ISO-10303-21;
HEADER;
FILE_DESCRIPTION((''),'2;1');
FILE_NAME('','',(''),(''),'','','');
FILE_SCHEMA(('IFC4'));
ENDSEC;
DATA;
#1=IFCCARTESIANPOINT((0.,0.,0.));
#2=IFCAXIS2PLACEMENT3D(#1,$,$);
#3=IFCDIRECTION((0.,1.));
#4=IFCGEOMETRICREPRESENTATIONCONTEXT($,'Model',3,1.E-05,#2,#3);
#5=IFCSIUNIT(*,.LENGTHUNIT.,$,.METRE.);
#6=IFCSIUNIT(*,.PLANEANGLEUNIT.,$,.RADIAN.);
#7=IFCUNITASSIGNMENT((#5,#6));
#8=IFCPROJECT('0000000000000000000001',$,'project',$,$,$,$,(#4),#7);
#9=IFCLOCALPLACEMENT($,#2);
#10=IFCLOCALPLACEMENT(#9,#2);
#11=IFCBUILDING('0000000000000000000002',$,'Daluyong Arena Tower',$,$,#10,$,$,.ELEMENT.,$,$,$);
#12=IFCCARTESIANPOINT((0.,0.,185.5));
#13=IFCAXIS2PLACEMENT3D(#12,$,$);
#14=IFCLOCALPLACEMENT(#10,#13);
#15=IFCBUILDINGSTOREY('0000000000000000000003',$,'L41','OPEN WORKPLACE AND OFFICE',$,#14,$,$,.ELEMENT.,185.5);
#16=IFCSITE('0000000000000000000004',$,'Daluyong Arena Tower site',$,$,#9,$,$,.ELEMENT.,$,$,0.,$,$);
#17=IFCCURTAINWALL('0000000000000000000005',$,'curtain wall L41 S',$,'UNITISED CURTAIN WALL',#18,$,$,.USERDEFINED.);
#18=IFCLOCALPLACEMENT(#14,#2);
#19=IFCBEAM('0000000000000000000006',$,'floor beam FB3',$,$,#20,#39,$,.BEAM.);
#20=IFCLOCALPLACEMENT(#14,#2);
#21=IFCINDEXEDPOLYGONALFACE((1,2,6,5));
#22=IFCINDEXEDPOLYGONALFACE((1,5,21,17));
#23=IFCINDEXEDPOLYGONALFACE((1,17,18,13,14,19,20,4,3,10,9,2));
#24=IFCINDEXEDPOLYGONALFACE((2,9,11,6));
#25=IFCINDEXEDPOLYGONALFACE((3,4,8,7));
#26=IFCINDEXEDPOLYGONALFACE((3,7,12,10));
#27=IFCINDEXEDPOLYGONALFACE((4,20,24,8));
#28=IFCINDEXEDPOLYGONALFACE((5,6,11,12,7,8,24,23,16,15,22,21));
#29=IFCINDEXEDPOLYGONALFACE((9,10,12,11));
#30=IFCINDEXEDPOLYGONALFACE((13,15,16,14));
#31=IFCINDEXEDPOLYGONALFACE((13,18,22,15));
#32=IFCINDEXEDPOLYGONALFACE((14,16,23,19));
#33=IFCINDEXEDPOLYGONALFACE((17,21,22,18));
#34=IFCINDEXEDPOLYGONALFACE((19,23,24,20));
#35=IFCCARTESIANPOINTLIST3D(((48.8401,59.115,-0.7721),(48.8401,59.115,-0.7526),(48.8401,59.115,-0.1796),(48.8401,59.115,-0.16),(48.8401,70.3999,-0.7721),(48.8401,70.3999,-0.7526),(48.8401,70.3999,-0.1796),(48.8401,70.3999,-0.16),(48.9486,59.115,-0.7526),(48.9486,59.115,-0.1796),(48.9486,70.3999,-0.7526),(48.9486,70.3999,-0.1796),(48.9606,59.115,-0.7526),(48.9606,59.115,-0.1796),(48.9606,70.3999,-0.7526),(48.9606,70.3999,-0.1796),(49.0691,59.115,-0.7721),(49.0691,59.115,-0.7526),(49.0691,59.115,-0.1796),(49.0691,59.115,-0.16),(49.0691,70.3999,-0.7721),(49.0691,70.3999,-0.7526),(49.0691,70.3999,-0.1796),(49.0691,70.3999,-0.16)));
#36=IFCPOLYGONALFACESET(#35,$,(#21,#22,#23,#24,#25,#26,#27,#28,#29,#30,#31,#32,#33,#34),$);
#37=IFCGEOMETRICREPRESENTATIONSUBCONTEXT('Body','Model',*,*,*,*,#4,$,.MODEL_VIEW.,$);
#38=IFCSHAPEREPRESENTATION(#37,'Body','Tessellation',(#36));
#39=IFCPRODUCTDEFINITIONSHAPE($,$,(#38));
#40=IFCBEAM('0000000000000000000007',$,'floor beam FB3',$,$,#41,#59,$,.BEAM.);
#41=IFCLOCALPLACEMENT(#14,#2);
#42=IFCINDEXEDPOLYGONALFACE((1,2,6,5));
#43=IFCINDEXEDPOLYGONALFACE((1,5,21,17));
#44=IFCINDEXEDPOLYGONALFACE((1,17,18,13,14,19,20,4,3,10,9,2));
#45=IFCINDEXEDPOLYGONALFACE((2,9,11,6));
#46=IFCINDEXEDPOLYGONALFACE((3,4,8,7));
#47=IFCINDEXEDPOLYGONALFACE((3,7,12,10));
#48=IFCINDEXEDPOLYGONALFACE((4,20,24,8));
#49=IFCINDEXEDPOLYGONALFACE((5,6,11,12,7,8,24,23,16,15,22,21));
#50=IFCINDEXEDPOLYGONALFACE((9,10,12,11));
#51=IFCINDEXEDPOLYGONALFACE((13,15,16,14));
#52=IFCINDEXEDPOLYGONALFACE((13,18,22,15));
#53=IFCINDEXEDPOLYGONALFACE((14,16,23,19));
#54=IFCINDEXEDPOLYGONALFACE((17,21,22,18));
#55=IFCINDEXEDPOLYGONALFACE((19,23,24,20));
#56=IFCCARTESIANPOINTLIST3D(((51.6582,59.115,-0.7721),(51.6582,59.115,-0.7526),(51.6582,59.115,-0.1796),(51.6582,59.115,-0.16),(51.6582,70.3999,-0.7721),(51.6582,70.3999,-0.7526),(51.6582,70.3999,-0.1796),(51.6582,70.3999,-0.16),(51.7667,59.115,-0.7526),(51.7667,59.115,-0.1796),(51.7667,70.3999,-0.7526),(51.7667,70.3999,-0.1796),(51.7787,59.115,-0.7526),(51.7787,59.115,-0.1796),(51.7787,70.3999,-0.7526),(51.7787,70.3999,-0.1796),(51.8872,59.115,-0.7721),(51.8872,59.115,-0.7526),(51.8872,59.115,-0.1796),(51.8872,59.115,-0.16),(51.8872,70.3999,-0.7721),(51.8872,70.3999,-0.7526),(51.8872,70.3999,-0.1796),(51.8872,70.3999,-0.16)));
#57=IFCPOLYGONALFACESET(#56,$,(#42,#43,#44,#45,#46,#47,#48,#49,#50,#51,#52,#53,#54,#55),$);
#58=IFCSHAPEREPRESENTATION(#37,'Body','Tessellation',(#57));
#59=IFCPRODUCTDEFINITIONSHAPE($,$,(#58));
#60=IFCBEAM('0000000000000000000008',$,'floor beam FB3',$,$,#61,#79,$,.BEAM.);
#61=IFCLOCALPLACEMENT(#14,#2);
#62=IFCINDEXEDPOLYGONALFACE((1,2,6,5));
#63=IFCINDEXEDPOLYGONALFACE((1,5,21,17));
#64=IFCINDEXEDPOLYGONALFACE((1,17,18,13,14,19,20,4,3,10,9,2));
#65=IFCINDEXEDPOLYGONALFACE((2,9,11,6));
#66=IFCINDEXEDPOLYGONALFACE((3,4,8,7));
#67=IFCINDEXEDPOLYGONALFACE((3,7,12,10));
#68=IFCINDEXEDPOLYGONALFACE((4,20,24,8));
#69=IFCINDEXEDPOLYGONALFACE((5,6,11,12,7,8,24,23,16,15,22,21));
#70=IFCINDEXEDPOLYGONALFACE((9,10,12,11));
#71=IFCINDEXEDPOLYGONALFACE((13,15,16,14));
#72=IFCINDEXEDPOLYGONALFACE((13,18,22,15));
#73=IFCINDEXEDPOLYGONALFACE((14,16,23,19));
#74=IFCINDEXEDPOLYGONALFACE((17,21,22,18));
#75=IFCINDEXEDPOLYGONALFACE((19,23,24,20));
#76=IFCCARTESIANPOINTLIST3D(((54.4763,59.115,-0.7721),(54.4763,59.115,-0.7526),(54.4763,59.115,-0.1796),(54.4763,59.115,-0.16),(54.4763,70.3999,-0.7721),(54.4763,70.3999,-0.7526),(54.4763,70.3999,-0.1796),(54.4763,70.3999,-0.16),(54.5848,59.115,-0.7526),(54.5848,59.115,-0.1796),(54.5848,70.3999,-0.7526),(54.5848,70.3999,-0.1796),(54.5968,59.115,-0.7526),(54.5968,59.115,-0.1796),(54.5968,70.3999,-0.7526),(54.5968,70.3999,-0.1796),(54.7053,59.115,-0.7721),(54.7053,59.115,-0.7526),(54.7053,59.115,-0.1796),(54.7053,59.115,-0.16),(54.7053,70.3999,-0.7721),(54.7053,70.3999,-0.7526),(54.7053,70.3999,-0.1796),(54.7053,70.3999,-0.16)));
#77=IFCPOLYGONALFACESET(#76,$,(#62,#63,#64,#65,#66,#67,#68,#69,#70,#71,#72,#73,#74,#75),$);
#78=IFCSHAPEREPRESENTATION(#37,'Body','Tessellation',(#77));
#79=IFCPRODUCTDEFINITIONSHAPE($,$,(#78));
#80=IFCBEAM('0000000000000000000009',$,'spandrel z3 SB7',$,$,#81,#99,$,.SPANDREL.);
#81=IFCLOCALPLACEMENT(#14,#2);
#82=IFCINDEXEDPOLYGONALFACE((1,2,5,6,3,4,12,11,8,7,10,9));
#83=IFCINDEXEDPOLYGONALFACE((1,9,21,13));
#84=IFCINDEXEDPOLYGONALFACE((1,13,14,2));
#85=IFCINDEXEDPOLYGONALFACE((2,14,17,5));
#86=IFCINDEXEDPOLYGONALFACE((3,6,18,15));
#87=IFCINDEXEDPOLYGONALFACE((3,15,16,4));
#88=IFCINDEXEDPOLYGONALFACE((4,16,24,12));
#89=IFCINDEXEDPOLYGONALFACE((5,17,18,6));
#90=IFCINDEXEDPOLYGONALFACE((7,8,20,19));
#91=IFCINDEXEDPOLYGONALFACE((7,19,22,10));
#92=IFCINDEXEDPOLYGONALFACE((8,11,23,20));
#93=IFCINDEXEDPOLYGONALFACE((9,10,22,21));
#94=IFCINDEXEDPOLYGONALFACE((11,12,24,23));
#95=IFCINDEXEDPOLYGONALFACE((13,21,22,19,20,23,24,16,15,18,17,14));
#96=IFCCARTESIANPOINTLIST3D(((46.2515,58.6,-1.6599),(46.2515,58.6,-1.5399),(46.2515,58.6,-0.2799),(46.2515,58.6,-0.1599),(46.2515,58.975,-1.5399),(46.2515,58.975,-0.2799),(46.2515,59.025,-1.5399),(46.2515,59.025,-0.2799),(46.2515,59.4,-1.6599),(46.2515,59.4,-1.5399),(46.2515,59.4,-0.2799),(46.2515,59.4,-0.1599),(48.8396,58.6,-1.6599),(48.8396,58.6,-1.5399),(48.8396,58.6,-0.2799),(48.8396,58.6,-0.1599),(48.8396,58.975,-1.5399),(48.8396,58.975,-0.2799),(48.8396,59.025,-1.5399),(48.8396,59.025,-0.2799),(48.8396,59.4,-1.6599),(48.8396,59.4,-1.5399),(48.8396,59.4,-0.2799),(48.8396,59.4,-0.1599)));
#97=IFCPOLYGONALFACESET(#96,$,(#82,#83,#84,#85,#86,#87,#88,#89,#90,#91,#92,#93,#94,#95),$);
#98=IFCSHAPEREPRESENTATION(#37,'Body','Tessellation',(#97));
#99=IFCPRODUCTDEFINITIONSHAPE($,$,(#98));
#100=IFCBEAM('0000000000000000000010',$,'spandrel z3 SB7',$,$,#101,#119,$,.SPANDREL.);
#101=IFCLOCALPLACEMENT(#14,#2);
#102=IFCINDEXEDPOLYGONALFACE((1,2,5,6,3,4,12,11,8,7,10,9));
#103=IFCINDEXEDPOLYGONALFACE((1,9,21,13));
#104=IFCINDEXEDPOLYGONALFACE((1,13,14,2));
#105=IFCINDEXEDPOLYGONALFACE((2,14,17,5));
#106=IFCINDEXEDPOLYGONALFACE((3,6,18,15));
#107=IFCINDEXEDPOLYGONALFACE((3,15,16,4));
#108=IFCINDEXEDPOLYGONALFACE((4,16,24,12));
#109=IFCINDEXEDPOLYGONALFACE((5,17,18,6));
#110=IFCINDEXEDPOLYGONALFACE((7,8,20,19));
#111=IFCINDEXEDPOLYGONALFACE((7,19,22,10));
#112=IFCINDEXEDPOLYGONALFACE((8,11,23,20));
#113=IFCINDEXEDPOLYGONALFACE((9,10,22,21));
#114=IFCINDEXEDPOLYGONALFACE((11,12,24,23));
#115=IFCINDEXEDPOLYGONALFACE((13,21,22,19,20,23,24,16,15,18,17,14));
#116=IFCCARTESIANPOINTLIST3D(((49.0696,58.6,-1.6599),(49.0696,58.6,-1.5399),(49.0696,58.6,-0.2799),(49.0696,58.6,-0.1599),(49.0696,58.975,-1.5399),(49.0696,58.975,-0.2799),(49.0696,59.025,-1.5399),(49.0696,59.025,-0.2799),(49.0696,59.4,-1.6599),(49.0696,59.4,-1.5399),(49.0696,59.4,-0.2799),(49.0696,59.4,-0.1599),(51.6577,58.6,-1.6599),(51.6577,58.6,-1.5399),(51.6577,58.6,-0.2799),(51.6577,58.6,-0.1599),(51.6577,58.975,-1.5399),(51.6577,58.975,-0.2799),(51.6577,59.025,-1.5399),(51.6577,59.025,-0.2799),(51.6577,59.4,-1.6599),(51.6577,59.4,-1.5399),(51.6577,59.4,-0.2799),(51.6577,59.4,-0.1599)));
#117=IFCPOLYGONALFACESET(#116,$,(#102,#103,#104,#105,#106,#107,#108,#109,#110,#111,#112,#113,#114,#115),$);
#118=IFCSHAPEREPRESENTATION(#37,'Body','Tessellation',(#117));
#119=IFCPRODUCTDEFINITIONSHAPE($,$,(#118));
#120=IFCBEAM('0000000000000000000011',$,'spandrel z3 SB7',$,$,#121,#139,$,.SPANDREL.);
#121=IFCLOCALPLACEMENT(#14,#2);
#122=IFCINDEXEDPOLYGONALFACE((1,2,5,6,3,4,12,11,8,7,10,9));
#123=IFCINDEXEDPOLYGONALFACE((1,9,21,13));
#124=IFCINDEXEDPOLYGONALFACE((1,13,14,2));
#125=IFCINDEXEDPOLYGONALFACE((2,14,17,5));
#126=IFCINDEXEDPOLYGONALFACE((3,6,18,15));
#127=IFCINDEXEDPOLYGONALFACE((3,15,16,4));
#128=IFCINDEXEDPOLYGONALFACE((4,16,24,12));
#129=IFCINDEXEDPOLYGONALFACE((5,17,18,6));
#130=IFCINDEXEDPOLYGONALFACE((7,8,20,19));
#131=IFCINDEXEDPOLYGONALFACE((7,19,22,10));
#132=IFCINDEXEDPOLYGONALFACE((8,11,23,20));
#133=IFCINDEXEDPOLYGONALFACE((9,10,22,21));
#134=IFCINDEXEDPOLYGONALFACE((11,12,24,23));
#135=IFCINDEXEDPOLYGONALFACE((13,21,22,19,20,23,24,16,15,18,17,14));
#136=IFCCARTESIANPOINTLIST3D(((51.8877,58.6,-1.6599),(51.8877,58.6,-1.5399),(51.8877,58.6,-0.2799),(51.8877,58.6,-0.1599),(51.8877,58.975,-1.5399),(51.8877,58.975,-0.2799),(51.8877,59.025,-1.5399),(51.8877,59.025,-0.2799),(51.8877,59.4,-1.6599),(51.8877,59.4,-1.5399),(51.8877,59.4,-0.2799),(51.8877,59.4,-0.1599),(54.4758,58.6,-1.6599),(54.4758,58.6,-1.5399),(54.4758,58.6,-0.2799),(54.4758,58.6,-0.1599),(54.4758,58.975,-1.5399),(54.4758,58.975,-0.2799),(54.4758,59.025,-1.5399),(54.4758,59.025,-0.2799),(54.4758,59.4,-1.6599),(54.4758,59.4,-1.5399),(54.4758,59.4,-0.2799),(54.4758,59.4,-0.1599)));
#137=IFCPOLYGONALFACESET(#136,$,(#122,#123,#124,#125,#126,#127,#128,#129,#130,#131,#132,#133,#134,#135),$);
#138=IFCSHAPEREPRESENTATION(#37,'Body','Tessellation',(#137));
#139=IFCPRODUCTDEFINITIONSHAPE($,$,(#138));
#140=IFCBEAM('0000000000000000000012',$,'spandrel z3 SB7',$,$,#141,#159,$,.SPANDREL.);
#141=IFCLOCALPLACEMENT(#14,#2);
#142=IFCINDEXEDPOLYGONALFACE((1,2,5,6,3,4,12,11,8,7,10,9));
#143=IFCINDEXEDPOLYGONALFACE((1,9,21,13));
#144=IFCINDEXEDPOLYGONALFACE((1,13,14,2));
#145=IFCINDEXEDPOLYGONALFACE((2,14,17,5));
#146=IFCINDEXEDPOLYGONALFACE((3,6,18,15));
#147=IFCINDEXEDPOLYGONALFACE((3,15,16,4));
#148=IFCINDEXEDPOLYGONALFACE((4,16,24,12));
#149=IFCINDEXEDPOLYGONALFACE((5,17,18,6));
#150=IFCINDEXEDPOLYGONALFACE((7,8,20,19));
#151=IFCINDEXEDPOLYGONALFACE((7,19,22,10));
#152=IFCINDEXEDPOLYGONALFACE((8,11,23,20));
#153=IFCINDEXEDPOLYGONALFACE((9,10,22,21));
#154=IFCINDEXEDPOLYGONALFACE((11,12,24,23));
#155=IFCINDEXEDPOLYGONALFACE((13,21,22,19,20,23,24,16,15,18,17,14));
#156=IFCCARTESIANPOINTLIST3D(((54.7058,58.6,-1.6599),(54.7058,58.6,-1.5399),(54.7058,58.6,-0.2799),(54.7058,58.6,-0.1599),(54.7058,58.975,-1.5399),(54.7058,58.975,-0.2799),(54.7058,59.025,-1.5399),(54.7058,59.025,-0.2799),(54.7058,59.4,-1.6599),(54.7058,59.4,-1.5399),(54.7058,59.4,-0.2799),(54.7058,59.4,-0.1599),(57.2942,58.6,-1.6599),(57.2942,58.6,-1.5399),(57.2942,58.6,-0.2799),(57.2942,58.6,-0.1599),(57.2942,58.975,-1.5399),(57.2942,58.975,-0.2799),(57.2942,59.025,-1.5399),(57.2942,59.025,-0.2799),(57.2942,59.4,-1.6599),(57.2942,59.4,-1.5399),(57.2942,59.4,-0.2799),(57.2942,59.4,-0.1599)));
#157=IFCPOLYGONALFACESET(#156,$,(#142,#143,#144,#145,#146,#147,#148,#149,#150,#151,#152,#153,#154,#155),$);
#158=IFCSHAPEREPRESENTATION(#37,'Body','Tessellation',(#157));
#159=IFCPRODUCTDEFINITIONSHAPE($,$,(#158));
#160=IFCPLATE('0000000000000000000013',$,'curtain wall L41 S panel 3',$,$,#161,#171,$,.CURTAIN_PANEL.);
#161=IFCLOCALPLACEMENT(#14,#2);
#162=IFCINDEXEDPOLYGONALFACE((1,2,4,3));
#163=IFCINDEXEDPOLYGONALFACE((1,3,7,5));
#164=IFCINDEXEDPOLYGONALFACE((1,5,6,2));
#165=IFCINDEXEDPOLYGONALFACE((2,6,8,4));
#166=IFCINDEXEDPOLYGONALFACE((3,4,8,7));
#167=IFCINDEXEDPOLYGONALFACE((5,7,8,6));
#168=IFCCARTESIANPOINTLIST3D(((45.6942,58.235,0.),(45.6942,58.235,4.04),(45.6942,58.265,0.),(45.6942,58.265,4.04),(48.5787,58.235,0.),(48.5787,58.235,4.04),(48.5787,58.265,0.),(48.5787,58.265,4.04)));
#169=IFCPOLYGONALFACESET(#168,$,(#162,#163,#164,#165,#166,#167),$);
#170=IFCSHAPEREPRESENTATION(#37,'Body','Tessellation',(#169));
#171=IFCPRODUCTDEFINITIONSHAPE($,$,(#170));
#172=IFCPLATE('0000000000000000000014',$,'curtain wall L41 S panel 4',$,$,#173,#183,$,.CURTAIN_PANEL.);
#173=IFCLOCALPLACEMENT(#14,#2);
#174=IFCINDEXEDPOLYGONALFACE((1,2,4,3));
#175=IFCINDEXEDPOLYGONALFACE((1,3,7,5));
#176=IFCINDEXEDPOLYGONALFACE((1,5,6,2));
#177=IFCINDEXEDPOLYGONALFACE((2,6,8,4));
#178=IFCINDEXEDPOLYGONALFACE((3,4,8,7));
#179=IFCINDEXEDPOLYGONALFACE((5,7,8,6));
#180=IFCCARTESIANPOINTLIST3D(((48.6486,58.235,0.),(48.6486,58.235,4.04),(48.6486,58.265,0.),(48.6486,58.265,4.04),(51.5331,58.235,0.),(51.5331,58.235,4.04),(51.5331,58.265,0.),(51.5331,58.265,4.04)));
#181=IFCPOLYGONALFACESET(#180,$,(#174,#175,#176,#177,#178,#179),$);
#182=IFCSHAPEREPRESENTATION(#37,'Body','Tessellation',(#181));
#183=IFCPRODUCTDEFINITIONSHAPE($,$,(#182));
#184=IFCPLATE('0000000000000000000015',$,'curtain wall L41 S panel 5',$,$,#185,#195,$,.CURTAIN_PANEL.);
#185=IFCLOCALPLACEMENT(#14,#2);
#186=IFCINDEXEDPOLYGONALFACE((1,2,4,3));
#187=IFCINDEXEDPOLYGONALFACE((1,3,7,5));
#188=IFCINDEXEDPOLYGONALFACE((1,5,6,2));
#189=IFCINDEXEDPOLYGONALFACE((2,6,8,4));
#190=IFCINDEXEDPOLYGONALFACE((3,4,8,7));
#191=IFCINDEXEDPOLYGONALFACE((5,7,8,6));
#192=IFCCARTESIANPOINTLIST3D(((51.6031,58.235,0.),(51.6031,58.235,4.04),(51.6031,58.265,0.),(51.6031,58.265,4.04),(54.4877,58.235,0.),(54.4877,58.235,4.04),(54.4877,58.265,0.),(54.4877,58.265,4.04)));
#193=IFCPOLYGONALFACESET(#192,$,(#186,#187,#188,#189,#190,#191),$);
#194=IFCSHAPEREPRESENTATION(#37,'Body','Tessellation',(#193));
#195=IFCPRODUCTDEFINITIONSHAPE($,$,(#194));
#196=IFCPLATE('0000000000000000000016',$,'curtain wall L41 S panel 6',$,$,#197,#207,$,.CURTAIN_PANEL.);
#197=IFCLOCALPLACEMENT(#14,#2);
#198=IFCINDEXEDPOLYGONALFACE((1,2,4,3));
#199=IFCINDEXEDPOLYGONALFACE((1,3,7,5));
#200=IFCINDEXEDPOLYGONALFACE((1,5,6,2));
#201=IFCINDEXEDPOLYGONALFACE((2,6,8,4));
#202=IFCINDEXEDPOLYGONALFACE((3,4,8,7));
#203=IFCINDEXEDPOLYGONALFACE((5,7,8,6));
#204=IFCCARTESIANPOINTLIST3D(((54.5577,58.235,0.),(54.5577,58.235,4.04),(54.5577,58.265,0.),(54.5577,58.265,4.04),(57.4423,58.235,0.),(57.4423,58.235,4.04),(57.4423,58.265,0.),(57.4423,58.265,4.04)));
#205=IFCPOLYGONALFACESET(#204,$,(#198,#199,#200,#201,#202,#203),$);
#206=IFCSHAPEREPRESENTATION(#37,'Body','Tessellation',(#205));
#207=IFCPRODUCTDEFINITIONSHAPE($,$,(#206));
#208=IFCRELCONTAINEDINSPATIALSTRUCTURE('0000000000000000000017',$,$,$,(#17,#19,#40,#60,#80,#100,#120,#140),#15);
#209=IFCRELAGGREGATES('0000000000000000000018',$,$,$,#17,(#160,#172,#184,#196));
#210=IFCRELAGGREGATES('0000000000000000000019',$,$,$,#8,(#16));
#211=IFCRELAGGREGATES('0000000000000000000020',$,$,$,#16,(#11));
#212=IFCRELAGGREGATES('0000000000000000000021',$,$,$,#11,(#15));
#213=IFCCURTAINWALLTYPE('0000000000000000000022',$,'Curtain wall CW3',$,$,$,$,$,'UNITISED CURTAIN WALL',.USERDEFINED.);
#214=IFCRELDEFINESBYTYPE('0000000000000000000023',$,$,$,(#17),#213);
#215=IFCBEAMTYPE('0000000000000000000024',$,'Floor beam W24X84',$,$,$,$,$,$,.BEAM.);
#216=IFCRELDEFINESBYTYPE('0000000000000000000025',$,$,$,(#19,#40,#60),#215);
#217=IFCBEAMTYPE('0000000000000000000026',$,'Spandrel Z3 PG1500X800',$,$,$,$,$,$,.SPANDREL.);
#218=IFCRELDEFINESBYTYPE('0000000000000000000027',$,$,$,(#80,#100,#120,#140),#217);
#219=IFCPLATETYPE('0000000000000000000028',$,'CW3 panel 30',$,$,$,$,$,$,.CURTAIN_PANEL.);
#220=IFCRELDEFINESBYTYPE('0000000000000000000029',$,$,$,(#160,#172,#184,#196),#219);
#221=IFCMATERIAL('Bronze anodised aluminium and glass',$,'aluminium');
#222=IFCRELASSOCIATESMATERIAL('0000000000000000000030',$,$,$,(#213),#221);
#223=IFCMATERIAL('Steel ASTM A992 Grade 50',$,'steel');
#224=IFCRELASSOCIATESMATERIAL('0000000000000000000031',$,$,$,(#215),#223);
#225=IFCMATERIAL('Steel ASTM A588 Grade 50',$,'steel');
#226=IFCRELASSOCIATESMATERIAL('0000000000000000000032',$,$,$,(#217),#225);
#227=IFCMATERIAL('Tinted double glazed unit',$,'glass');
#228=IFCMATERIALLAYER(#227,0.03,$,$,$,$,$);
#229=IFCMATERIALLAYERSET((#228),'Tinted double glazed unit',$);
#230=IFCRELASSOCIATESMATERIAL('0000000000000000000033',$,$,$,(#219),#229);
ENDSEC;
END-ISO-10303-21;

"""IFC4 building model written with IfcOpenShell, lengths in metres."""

from ifc_helpers import new_model, si_unit, direction, frame, origin, origin_2d, place, context, subcontext, project, spatial, rectangle, i_section, extrude, material, layer, layer_set, material_profile, profile_set, type_object, element, aggregate, save


model = new_model("IFC4")

# Units and contexts
model_context = context("Model", 3, precision=1e-05, world=origin(), true_north=direction((0.0, 1.0)))
body_context = subcontext(model_context, "Body", "Model", "MODEL_VIEW")
ifc_project = project(units=[si_unit("LENGTHUNIT", "METRE"), si_unit("PLANEANGLEUNIT", "RADIAN")], contexts=[model_context])

# Site, building, storey
site_placement = place(None, origin())
site = spatial("IfcSite", under=ifc_project, at=site_placement, Name="Daluyong Arena Tower site", CompositionType="ELEMENT", RefElevation=0.0)
building_placement = place(site_placement, origin())
building = spatial("IfcBuilding", under=site, at=building_placement, Name="Daluyong Arena Tower", CompositionType="ELEMENT")
storey_placement = place(building_placement, frame((0.0, 0.0, 185.5)))
storey = spatial("IfcBuildingStorey", under=building, at=storey_placement, Name="L41", Description="OPEN WORKPLACE AND OFFICE", CompositionType="ELEMENT", Elevation=185.5)

# Curtain wall
ifc_material_1 = material(Name="Bronze anodised aluminium and glass", Category="aluminium")
curtain_wall_type = type_object("IfcCurtainWallType", Name="Curtain wall CW3", ElementType="UNITISED CURTAIN WALL", PredefinedType="USERDEFINED", material=ifc_material_1)
curtain_wall_placement = place(storey_placement, origin())
curtain_wall = element("IfcCurtainWall", 1, at=curtain_wall_placement, inside=storey, type_object=curtain_wall_type, Name="curtain wall L41 S", ObjectType="UNITISED CURTAIN WALL", PredefinedType="USERDEFINED")

# Beams
ifc_material_2 = material(Name="Steel ASTM A992 Grade 50", Category="steel")
ifc_material_profile_1 = material_profile(ifc_material_2, i_section(OverallWidth=0.229, OverallDepth=0.6121, WebThickness=0.012, FlangeThickness=0.0195, at=origin_2d()))
ifc_profile_set_1 = profile_set([ifc_material_profile_1], Name="Steel ASTM A992 Grade 50")
beam_type_1 = type_object("IfcBeamType", Name="Floor beam W24X84", PredefinedType="BEAM", material=ifc_profile_set_1)
for number, where, z_axis, x_axis, name in (
    (2, (48.9546, 59.115, -0.4661), (0.0, 1.0, 0.0), (-1.0, 0.0, 0.0), "floor beam FB3"),
    (3, (51.7727, 59.115, -0.4661), (0.0, 1.0, 0.0), (-1.0, 0.0, 0.0), "floor beam FB3"),
    (4, (54.5908, 59.115, -0.4661), (0.0, 1.0, 0.0), (-1.0, 0.0, 0.0), "floor beam FB3"),
):
    element("IfcBeam", number, at=place(storey_placement, frame(where, z_axis=z_axis, x_axis=x_axis)), inside=storey, type_object=beam_type_1, Name=name, PredefinedType="BEAM", context=body_context, shape_type="SweptSolid", body=[
        extrude(i_section(OverallWidth=0.229, OverallDepth=0.6121, WebThickness=0.012, FlangeThickness=0.0195, at=origin_2d()), origin(), (0.0, 0.0, 1.0), 11.2849),
    ])
ifc_material_3 = material(Name="Steel ASTM A588 Grade 50", Category="steel")
ifc_material_profile_2 = material_profile(ifc_material_3, i_section(OverallWidth=0.8, OverallDepth=1.5, WebThickness=0.05, FlangeThickness=0.12, at=origin_2d()))
ifc_profile_set_2 = profile_set([ifc_material_profile_2], Name="Steel ASTM A588 Grade 50")
beam_type_2 = type_object("IfcBeamType", Name="Spandrel Z3 PG1500X800", PredefinedType="SPANDREL", material=ifc_profile_set_2)
for number, where, z_axis, x_axis, name in (
    (5, (46.2515, 59.0, -0.9099), (1.0, 0.0, 0.0), (0.0, 1.0, 0.0), "spandrel z3 SB7"),
    (6, (49.0696, 59.0, -0.9099), (1.0, 0.0, 0.0), (0.0, 1.0, 0.0), "spandrel z3 SB7"),
    (7, (51.8877, 59.0, -0.9099), (1.0, 0.0, 0.0), (0.0, 1.0, 0.0), "spandrel z3 SB7"),
):
    element("IfcBeam", number, at=place(storey_placement, frame(where, z_axis=z_axis, x_axis=x_axis)), inside=storey, type_object=beam_type_2, Name=name, PredefinedType="SPANDREL", context=body_context, shape_type="SweptSolid", body=[
        extrude(i_section(OverallWidth=0.8, OverallDepth=1.5, WebThickness=0.05, FlangeThickness=0.12, at=origin_2d()), origin(), (0.0, 0.0, 1.0), 2.5881),
    ])
beam_placement = place(storey_placement, frame((54.7058, 59.0, -0.9099), z_axis=(1.0, 0.0, 0.0), x_axis=(0.0, 1.0, 0.0)))
element("IfcBeam", 8, at=beam_placement, inside=storey, type_object=beam_type_2, Name="spandrel z3 SB7", PredefinedType="SPANDREL", context=body_context, shape_type="SweptSolid", body=[
    extrude(i_section(OverallWidth=0.8, OverallDepth=1.5, WebThickness=0.05, FlangeThickness=0.12, at=origin_2d()), origin(), (0.0, 0.0, 1.0), 2.5884),
])

# Plates
ifc_material_4 = material(Name="Tinted double glazed unit", Category="glass")
ifc_layer_1 = layer(ifc_material_4, 0.03)
ifc_layer_set_1 = layer_set([ifc_layer_1], Name="Tinted double glazed unit")
plate_type = type_object("IfcPlateType", Name="CW3 panel 30", PredefinedType="CURTAIN_PANEL", material=ifc_layer_set_1)
plate_1_placement = place(storey_placement, frame((47.1365, 58.25, 0.0), z_axis=(0.0, 0.0, 1.0), x_axis=(1.0, 0.0, 0.0)))
plate_1 = element("IfcPlate", 9, at=plate_1_placement, type_object=plate_type, Name="curtain wall L41 S panel 3", PredefinedType="CURTAIN_PANEL", context=body_context, shape_type="SweptSolid", body=[
    extrude(rectangle(XDim=2.8845, YDim=0.03, at=origin_2d()), origin(), (0.0, 0.0, 1.0), 4.04),
])
plate_2_placement = place(storey_placement, frame((50.0908, 58.25, 0.0), z_axis=(0.0, 0.0, 1.0), x_axis=(1.0, 0.0, 0.0)))
plate_2 = element("IfcPlate", 10, at=plate_2_placement, type_object=plate_type, Name="curtain wall L41 S panel 4", PredefinedType="CURTAIN_PANEL", context=body_context, shape_type="SweptSolid", body=[
    extrude(rectangle(XDim=2.8845, YDim=0.03, at=origin_2d()), origin(), (0.0, 0.0, 1.0), 4.04),
])
plate_3_placement = place(storey_placement, frame((53.0454, 58.25, 0.0), z_axis=(0.0, 0.0, 1.0), x_axis=(1.0, 0.0, 0.0)))
plate_3 = element("IfcPlate", 11, at=plate_3_placement, type_object=plate_type, Name="curtain wall L41 S panel 5", PredefinedType="CURTAIN_PANEL", context=body_context, shape_type="SweptSolid", body=[
    extrude(rectangle(XDim=2.8845, YDim=0.03, at=origin_2d()), origin(), (0.0, 0.0, 1.0), 4.04),
])
plate_4_placement = place(storey_placement, frame((56.0, 58.25, 0.0), z_axis=(0.0, 0.0, 1.0), x_axis=(1.0, 0.0, 0.0)))
plate_4 = element("IfcPlate", 12, at=plate_4_placement, type_object=plate_type, Name="curtain wall L41 S panel 6", PredefinedType="CURTAIN_PANEL", context=body_context, shape_type="SweptSolid", body=[
    extrude(rectangle(XDim=2.8845, YDim=0.03, at=origin_2d()), origin(), (0.0, 0.0, 1.0), 4.04),
])
aggregate(curtain_wall, [plate_1, plate_2, plate_3, plate_4])

save(model, "model.ifc")
